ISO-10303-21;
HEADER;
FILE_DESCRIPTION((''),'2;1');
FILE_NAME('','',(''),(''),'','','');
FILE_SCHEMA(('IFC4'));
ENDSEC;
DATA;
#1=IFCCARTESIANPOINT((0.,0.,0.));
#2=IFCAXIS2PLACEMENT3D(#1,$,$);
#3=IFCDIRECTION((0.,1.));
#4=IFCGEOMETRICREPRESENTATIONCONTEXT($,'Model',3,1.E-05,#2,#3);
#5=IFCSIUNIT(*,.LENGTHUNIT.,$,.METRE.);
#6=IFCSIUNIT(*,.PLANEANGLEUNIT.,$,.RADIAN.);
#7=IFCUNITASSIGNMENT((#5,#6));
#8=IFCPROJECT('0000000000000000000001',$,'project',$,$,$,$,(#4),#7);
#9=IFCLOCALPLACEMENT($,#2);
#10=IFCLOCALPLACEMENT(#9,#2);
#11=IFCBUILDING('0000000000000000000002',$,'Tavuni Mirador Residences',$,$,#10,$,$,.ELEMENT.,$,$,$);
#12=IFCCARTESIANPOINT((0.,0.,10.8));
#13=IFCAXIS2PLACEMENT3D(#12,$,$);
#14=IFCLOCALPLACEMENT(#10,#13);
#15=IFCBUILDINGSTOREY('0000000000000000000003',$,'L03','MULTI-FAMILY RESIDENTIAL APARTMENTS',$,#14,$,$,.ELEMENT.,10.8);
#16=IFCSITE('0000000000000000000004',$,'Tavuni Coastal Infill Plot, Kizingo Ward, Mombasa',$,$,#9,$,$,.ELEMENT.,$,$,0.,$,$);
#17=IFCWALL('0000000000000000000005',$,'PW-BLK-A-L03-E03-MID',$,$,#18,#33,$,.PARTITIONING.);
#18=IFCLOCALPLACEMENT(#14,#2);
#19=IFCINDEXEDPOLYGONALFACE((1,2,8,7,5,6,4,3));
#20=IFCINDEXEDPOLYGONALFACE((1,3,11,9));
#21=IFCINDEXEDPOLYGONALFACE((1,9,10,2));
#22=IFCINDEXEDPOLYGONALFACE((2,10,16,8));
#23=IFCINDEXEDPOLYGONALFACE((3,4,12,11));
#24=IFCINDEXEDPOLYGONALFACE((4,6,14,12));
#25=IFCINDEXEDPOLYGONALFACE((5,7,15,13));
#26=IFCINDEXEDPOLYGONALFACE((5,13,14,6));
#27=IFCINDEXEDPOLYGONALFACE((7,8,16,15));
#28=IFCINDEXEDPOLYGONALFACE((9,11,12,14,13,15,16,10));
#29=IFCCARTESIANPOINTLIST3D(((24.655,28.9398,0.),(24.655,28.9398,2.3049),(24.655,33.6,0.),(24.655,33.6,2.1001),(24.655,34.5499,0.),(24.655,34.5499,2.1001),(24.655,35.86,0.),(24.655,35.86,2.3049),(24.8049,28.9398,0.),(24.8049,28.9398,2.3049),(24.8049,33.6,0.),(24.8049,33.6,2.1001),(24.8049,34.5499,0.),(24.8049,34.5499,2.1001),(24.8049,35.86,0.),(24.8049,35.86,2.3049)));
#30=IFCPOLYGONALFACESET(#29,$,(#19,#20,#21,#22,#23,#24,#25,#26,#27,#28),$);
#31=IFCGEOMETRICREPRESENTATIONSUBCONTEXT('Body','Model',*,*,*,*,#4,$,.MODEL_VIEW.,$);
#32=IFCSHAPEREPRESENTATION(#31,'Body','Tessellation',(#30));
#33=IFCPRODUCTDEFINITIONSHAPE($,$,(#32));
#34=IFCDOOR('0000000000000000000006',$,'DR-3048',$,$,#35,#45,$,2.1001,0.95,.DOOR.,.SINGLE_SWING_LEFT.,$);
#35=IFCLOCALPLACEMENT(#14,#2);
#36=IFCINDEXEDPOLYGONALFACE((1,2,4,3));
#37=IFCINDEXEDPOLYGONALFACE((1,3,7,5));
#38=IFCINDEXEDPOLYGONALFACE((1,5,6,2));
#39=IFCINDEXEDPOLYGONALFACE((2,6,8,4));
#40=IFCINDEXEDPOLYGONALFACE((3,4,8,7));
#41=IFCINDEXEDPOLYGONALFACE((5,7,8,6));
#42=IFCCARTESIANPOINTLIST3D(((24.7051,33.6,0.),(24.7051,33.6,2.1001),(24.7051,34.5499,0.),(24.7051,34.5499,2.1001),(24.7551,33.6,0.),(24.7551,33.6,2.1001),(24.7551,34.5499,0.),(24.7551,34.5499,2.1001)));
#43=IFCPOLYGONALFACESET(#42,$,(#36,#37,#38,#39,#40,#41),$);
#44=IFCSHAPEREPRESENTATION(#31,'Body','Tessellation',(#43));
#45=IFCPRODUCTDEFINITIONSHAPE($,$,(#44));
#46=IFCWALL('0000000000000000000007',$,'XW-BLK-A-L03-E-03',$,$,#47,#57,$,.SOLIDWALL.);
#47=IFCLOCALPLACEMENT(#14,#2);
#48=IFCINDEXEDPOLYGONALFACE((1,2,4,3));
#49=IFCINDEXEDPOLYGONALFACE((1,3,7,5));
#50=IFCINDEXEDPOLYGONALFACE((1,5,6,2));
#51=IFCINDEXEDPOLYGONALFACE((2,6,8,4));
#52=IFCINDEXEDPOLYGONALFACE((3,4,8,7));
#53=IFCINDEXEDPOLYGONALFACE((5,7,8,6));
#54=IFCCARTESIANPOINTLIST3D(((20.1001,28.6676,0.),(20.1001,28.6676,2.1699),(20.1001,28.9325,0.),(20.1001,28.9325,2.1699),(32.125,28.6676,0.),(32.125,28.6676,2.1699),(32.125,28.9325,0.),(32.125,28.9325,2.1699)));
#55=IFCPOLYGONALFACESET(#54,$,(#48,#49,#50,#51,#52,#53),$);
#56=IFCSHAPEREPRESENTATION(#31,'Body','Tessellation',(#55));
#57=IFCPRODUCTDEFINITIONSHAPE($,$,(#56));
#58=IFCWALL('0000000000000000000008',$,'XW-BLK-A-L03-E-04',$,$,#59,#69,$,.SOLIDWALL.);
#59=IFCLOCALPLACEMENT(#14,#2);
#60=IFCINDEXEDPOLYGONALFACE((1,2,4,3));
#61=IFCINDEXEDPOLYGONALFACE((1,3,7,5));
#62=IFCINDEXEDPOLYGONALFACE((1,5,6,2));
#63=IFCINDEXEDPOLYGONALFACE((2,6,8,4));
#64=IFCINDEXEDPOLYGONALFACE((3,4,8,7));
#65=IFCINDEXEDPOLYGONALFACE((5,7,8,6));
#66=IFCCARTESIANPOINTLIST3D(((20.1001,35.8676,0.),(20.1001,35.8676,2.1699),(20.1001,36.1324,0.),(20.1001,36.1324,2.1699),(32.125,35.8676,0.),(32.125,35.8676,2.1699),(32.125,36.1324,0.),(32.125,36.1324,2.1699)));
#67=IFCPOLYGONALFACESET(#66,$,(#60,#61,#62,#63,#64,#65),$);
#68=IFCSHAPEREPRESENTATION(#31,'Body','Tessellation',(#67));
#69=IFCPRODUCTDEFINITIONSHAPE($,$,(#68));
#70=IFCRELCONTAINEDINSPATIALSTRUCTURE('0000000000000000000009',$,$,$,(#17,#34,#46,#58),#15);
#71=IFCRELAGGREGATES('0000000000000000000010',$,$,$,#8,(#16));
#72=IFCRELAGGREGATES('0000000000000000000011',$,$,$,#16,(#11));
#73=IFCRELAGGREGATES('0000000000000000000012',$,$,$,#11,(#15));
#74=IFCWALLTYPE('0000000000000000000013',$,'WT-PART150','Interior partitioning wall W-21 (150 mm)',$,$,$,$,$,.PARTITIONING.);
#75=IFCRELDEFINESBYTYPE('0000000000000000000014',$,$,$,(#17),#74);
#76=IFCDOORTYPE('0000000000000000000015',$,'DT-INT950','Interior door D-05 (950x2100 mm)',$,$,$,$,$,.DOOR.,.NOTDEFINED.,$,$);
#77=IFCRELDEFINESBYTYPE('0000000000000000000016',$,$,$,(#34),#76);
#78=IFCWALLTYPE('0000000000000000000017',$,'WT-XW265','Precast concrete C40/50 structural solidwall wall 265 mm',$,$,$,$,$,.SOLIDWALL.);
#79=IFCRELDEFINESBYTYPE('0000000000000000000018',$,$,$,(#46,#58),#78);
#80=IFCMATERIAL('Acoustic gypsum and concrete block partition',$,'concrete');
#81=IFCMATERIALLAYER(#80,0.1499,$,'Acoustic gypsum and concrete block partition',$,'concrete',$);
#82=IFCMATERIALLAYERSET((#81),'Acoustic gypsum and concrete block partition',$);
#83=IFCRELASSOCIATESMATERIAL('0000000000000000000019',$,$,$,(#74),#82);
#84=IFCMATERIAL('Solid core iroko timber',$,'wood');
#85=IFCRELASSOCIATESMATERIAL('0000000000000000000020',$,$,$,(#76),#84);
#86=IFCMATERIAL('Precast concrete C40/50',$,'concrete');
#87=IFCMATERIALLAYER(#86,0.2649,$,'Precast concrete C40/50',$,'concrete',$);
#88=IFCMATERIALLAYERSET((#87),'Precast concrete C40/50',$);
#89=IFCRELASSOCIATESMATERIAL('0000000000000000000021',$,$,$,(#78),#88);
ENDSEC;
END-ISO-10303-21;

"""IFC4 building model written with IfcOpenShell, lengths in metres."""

from ifc_helpers import new_model, si_unit, direction, frame, frame_2d, origin, place, context, subcontext, project, spatial, rectangle, extrude, material, layer, layer_set, type_object, element, fill, save


model = new_model("IFC4")

# Units and contexts
model_context = context("Model", 3, precision=1e-05, world=origin(), true_north=direction((0.0, 1.0)))
body_context = subcontext(model_context, "Body", "Model", "MODEL_VIEW")
ifc_project = project(units=[si_unit("LENGTHUNIT", "METRE"), si_unit("PLANEANGLEUNIT", "RADIAN")], contexts=[model_context])

# Site, building, storey
site_placement = place(None, origin())
site = spatial("IfcSite", under=ifc_project, at=site_placement, Name="Tavuni Coastal Infill Plot, Kizingo Ward, Mombasa", CompositionType="ELEMENT", RefElevation=0.0)
building_placement = place(site_placement, origin())
building = spatial("IfcBuilding", under=site, at=building_placement, Name="Tavuni Mirador Residences", CompositionType="ELEMENT")
storey_placement = place(building_placement, frame((0.0, 0.0, 10.8)))
storey = spatial("IfcBuildingStorey", under=building, at=storey_placement, Name="L03", Description="MULTI-FAMILY RESIDENTIAL APARTMENTS", CompositionType="ELEMENT", Elevation=10.8)

# Shared definitions
ifc_material_1 = material(Name="Precast concrete C40/50", Category="concrete")

# Wall, opening, door
ifc_material_2 = material(Name="Solid core iroko timber", Category="wood")
ifc_material_3 = material(Name="Acoustic gypsum and concrete block partition", Category="concrete")
ifc_layer_1 = layer(ifc_material_3, 0.1499, Name="Acoustic gypsum and concrete block partition", Category="concrete")
ifc_layer_set_1 = layer_set([ifc_layer_1], Name="Acoustic gypsum and concrete block partition")
wall_type_1 = type_object("IfcWallType", Name="WT-PART150", Description="Interior partitioning wall W-21 (150 mm)", PredefinedType="PARTITIONING", material=ifc_layer_set_1)
wall_1_placement = place(storey_placement, frame((24.73, 28.9399, 0.0), z_axis=(0.0, 0.0, 1.0), x_axis=(0.0, 1.0, 0.0)))
wall_1 = element("IfcWall", 1, at=wall_1_placement, inside=storey, type_object=wall_type_1, Name="PW-BLK-A-L03-E03-MID", PredefinedType="PARTITIONING", context=body_context, shape_type="SweptSolid", body=[
    extrude(rectangle(XDim=6.9202, YDim=0.1499, at=frame_2d((3.46, 0.0))), origin(), (0.0, 0.0, 1.0), 2.3049),
])
opening_1_placement = place(wall_1_placement, frame((4.6599, 0.0, 0.0)))
opening_1 = element("IfcOpeningElement", 2, at=opening_1_placement, cuts=wall_1, PredefinedType="OPENING", context=body_context, shape_type="SweptSolid", body=[
    extrude(rectangle(XDim=0.95, YDim=2.1001, at=frame_2d((0.4751, 1.05))), frame((0.0, 0.085, 0.0), z_axis=(0.0, -1.0, 0.0), x_axis=(1.0, 0.0, 0.0)), (0.0, 0.0, 1.0), 0.1699),
])
door_type_1 = type_object("IfcDoorType", Name="DT-INT950", Description="Interior door D-05 (950x2100 mm)", OperationType="NOTDEFINED", PredefinedType="DOOR", material=ifc_material_2)
door_1_placement = place(opening_1_placement, origin())
door_1 = element("IfcDoor", 3, at=door_1_placement, inside=storey, type_object=door_type_1, Name="DR-3048", OperationType="SINGLE_SWING_LEFT", OverallHeight=2.1001, OverallWidth=0.95, PredefinedType="DOOR", context=body_context, shape_type="SweptSolid", body=[
    extrude(rectangle(XDim=0.95, YDim=2.1001, at=frame_2d((0.4751, 1.05))), frame((0.0, 0.0249, 0.0), z_axis=(0.0, -1.0, 0.0), x_axis=(1.0, 0.0, 0.0)), (0.0, 0.0, 1.0), 0.05),
])
fill(opening_1, door_1)

# Walls
ifc_layer_2 = layer(ifc_material_1, 0.2649, Name="Precast concrete C40/50", Category="concrete")
ifc_layer_set_2 = layer_set([ifc_layer_2], Name="Precast concrete C40/50")
wall_type_2 = type_object("IfcWallType", Name="WT-XW265", Description="Precast concrete C40/50 structural solidwall wall 265 mm", PredefinedType="SOLIDWALL", material=ifc_layer_set_2)
for number, where, z_axis, x_axis, name in (
    (4, (20.1001, 28.8, 0.0), (0.0, 0.0, 1.0), (1.0, 0.0, 0.0), "XW-BLK-A-L03-E-03"),
    (5, (20.1001, 36.0, 0.0), (0.0, 0.0, 1.0), (1.0, 0.0, 0.0), "XW-BLK-A-L03-E-04"),
):
    element("IfcWall", number, at=place(storey_placement, frame(where, z_axis=z_axis, x_axis=x_axis)), inside=storey, type_object=wall_type_2, Name=name, PredefinedType="SOLIDWALL", context=body_context, shape_type="SweptSolid", body=[
        extrude(rectangle(XDim=12.0249, YDim=0.2649, at=frame_2d((6.0125, 0.0))), origin(), (0.0, 0.0, 1.0), 2.1699),
    ])

save(model, "model.ifc")
